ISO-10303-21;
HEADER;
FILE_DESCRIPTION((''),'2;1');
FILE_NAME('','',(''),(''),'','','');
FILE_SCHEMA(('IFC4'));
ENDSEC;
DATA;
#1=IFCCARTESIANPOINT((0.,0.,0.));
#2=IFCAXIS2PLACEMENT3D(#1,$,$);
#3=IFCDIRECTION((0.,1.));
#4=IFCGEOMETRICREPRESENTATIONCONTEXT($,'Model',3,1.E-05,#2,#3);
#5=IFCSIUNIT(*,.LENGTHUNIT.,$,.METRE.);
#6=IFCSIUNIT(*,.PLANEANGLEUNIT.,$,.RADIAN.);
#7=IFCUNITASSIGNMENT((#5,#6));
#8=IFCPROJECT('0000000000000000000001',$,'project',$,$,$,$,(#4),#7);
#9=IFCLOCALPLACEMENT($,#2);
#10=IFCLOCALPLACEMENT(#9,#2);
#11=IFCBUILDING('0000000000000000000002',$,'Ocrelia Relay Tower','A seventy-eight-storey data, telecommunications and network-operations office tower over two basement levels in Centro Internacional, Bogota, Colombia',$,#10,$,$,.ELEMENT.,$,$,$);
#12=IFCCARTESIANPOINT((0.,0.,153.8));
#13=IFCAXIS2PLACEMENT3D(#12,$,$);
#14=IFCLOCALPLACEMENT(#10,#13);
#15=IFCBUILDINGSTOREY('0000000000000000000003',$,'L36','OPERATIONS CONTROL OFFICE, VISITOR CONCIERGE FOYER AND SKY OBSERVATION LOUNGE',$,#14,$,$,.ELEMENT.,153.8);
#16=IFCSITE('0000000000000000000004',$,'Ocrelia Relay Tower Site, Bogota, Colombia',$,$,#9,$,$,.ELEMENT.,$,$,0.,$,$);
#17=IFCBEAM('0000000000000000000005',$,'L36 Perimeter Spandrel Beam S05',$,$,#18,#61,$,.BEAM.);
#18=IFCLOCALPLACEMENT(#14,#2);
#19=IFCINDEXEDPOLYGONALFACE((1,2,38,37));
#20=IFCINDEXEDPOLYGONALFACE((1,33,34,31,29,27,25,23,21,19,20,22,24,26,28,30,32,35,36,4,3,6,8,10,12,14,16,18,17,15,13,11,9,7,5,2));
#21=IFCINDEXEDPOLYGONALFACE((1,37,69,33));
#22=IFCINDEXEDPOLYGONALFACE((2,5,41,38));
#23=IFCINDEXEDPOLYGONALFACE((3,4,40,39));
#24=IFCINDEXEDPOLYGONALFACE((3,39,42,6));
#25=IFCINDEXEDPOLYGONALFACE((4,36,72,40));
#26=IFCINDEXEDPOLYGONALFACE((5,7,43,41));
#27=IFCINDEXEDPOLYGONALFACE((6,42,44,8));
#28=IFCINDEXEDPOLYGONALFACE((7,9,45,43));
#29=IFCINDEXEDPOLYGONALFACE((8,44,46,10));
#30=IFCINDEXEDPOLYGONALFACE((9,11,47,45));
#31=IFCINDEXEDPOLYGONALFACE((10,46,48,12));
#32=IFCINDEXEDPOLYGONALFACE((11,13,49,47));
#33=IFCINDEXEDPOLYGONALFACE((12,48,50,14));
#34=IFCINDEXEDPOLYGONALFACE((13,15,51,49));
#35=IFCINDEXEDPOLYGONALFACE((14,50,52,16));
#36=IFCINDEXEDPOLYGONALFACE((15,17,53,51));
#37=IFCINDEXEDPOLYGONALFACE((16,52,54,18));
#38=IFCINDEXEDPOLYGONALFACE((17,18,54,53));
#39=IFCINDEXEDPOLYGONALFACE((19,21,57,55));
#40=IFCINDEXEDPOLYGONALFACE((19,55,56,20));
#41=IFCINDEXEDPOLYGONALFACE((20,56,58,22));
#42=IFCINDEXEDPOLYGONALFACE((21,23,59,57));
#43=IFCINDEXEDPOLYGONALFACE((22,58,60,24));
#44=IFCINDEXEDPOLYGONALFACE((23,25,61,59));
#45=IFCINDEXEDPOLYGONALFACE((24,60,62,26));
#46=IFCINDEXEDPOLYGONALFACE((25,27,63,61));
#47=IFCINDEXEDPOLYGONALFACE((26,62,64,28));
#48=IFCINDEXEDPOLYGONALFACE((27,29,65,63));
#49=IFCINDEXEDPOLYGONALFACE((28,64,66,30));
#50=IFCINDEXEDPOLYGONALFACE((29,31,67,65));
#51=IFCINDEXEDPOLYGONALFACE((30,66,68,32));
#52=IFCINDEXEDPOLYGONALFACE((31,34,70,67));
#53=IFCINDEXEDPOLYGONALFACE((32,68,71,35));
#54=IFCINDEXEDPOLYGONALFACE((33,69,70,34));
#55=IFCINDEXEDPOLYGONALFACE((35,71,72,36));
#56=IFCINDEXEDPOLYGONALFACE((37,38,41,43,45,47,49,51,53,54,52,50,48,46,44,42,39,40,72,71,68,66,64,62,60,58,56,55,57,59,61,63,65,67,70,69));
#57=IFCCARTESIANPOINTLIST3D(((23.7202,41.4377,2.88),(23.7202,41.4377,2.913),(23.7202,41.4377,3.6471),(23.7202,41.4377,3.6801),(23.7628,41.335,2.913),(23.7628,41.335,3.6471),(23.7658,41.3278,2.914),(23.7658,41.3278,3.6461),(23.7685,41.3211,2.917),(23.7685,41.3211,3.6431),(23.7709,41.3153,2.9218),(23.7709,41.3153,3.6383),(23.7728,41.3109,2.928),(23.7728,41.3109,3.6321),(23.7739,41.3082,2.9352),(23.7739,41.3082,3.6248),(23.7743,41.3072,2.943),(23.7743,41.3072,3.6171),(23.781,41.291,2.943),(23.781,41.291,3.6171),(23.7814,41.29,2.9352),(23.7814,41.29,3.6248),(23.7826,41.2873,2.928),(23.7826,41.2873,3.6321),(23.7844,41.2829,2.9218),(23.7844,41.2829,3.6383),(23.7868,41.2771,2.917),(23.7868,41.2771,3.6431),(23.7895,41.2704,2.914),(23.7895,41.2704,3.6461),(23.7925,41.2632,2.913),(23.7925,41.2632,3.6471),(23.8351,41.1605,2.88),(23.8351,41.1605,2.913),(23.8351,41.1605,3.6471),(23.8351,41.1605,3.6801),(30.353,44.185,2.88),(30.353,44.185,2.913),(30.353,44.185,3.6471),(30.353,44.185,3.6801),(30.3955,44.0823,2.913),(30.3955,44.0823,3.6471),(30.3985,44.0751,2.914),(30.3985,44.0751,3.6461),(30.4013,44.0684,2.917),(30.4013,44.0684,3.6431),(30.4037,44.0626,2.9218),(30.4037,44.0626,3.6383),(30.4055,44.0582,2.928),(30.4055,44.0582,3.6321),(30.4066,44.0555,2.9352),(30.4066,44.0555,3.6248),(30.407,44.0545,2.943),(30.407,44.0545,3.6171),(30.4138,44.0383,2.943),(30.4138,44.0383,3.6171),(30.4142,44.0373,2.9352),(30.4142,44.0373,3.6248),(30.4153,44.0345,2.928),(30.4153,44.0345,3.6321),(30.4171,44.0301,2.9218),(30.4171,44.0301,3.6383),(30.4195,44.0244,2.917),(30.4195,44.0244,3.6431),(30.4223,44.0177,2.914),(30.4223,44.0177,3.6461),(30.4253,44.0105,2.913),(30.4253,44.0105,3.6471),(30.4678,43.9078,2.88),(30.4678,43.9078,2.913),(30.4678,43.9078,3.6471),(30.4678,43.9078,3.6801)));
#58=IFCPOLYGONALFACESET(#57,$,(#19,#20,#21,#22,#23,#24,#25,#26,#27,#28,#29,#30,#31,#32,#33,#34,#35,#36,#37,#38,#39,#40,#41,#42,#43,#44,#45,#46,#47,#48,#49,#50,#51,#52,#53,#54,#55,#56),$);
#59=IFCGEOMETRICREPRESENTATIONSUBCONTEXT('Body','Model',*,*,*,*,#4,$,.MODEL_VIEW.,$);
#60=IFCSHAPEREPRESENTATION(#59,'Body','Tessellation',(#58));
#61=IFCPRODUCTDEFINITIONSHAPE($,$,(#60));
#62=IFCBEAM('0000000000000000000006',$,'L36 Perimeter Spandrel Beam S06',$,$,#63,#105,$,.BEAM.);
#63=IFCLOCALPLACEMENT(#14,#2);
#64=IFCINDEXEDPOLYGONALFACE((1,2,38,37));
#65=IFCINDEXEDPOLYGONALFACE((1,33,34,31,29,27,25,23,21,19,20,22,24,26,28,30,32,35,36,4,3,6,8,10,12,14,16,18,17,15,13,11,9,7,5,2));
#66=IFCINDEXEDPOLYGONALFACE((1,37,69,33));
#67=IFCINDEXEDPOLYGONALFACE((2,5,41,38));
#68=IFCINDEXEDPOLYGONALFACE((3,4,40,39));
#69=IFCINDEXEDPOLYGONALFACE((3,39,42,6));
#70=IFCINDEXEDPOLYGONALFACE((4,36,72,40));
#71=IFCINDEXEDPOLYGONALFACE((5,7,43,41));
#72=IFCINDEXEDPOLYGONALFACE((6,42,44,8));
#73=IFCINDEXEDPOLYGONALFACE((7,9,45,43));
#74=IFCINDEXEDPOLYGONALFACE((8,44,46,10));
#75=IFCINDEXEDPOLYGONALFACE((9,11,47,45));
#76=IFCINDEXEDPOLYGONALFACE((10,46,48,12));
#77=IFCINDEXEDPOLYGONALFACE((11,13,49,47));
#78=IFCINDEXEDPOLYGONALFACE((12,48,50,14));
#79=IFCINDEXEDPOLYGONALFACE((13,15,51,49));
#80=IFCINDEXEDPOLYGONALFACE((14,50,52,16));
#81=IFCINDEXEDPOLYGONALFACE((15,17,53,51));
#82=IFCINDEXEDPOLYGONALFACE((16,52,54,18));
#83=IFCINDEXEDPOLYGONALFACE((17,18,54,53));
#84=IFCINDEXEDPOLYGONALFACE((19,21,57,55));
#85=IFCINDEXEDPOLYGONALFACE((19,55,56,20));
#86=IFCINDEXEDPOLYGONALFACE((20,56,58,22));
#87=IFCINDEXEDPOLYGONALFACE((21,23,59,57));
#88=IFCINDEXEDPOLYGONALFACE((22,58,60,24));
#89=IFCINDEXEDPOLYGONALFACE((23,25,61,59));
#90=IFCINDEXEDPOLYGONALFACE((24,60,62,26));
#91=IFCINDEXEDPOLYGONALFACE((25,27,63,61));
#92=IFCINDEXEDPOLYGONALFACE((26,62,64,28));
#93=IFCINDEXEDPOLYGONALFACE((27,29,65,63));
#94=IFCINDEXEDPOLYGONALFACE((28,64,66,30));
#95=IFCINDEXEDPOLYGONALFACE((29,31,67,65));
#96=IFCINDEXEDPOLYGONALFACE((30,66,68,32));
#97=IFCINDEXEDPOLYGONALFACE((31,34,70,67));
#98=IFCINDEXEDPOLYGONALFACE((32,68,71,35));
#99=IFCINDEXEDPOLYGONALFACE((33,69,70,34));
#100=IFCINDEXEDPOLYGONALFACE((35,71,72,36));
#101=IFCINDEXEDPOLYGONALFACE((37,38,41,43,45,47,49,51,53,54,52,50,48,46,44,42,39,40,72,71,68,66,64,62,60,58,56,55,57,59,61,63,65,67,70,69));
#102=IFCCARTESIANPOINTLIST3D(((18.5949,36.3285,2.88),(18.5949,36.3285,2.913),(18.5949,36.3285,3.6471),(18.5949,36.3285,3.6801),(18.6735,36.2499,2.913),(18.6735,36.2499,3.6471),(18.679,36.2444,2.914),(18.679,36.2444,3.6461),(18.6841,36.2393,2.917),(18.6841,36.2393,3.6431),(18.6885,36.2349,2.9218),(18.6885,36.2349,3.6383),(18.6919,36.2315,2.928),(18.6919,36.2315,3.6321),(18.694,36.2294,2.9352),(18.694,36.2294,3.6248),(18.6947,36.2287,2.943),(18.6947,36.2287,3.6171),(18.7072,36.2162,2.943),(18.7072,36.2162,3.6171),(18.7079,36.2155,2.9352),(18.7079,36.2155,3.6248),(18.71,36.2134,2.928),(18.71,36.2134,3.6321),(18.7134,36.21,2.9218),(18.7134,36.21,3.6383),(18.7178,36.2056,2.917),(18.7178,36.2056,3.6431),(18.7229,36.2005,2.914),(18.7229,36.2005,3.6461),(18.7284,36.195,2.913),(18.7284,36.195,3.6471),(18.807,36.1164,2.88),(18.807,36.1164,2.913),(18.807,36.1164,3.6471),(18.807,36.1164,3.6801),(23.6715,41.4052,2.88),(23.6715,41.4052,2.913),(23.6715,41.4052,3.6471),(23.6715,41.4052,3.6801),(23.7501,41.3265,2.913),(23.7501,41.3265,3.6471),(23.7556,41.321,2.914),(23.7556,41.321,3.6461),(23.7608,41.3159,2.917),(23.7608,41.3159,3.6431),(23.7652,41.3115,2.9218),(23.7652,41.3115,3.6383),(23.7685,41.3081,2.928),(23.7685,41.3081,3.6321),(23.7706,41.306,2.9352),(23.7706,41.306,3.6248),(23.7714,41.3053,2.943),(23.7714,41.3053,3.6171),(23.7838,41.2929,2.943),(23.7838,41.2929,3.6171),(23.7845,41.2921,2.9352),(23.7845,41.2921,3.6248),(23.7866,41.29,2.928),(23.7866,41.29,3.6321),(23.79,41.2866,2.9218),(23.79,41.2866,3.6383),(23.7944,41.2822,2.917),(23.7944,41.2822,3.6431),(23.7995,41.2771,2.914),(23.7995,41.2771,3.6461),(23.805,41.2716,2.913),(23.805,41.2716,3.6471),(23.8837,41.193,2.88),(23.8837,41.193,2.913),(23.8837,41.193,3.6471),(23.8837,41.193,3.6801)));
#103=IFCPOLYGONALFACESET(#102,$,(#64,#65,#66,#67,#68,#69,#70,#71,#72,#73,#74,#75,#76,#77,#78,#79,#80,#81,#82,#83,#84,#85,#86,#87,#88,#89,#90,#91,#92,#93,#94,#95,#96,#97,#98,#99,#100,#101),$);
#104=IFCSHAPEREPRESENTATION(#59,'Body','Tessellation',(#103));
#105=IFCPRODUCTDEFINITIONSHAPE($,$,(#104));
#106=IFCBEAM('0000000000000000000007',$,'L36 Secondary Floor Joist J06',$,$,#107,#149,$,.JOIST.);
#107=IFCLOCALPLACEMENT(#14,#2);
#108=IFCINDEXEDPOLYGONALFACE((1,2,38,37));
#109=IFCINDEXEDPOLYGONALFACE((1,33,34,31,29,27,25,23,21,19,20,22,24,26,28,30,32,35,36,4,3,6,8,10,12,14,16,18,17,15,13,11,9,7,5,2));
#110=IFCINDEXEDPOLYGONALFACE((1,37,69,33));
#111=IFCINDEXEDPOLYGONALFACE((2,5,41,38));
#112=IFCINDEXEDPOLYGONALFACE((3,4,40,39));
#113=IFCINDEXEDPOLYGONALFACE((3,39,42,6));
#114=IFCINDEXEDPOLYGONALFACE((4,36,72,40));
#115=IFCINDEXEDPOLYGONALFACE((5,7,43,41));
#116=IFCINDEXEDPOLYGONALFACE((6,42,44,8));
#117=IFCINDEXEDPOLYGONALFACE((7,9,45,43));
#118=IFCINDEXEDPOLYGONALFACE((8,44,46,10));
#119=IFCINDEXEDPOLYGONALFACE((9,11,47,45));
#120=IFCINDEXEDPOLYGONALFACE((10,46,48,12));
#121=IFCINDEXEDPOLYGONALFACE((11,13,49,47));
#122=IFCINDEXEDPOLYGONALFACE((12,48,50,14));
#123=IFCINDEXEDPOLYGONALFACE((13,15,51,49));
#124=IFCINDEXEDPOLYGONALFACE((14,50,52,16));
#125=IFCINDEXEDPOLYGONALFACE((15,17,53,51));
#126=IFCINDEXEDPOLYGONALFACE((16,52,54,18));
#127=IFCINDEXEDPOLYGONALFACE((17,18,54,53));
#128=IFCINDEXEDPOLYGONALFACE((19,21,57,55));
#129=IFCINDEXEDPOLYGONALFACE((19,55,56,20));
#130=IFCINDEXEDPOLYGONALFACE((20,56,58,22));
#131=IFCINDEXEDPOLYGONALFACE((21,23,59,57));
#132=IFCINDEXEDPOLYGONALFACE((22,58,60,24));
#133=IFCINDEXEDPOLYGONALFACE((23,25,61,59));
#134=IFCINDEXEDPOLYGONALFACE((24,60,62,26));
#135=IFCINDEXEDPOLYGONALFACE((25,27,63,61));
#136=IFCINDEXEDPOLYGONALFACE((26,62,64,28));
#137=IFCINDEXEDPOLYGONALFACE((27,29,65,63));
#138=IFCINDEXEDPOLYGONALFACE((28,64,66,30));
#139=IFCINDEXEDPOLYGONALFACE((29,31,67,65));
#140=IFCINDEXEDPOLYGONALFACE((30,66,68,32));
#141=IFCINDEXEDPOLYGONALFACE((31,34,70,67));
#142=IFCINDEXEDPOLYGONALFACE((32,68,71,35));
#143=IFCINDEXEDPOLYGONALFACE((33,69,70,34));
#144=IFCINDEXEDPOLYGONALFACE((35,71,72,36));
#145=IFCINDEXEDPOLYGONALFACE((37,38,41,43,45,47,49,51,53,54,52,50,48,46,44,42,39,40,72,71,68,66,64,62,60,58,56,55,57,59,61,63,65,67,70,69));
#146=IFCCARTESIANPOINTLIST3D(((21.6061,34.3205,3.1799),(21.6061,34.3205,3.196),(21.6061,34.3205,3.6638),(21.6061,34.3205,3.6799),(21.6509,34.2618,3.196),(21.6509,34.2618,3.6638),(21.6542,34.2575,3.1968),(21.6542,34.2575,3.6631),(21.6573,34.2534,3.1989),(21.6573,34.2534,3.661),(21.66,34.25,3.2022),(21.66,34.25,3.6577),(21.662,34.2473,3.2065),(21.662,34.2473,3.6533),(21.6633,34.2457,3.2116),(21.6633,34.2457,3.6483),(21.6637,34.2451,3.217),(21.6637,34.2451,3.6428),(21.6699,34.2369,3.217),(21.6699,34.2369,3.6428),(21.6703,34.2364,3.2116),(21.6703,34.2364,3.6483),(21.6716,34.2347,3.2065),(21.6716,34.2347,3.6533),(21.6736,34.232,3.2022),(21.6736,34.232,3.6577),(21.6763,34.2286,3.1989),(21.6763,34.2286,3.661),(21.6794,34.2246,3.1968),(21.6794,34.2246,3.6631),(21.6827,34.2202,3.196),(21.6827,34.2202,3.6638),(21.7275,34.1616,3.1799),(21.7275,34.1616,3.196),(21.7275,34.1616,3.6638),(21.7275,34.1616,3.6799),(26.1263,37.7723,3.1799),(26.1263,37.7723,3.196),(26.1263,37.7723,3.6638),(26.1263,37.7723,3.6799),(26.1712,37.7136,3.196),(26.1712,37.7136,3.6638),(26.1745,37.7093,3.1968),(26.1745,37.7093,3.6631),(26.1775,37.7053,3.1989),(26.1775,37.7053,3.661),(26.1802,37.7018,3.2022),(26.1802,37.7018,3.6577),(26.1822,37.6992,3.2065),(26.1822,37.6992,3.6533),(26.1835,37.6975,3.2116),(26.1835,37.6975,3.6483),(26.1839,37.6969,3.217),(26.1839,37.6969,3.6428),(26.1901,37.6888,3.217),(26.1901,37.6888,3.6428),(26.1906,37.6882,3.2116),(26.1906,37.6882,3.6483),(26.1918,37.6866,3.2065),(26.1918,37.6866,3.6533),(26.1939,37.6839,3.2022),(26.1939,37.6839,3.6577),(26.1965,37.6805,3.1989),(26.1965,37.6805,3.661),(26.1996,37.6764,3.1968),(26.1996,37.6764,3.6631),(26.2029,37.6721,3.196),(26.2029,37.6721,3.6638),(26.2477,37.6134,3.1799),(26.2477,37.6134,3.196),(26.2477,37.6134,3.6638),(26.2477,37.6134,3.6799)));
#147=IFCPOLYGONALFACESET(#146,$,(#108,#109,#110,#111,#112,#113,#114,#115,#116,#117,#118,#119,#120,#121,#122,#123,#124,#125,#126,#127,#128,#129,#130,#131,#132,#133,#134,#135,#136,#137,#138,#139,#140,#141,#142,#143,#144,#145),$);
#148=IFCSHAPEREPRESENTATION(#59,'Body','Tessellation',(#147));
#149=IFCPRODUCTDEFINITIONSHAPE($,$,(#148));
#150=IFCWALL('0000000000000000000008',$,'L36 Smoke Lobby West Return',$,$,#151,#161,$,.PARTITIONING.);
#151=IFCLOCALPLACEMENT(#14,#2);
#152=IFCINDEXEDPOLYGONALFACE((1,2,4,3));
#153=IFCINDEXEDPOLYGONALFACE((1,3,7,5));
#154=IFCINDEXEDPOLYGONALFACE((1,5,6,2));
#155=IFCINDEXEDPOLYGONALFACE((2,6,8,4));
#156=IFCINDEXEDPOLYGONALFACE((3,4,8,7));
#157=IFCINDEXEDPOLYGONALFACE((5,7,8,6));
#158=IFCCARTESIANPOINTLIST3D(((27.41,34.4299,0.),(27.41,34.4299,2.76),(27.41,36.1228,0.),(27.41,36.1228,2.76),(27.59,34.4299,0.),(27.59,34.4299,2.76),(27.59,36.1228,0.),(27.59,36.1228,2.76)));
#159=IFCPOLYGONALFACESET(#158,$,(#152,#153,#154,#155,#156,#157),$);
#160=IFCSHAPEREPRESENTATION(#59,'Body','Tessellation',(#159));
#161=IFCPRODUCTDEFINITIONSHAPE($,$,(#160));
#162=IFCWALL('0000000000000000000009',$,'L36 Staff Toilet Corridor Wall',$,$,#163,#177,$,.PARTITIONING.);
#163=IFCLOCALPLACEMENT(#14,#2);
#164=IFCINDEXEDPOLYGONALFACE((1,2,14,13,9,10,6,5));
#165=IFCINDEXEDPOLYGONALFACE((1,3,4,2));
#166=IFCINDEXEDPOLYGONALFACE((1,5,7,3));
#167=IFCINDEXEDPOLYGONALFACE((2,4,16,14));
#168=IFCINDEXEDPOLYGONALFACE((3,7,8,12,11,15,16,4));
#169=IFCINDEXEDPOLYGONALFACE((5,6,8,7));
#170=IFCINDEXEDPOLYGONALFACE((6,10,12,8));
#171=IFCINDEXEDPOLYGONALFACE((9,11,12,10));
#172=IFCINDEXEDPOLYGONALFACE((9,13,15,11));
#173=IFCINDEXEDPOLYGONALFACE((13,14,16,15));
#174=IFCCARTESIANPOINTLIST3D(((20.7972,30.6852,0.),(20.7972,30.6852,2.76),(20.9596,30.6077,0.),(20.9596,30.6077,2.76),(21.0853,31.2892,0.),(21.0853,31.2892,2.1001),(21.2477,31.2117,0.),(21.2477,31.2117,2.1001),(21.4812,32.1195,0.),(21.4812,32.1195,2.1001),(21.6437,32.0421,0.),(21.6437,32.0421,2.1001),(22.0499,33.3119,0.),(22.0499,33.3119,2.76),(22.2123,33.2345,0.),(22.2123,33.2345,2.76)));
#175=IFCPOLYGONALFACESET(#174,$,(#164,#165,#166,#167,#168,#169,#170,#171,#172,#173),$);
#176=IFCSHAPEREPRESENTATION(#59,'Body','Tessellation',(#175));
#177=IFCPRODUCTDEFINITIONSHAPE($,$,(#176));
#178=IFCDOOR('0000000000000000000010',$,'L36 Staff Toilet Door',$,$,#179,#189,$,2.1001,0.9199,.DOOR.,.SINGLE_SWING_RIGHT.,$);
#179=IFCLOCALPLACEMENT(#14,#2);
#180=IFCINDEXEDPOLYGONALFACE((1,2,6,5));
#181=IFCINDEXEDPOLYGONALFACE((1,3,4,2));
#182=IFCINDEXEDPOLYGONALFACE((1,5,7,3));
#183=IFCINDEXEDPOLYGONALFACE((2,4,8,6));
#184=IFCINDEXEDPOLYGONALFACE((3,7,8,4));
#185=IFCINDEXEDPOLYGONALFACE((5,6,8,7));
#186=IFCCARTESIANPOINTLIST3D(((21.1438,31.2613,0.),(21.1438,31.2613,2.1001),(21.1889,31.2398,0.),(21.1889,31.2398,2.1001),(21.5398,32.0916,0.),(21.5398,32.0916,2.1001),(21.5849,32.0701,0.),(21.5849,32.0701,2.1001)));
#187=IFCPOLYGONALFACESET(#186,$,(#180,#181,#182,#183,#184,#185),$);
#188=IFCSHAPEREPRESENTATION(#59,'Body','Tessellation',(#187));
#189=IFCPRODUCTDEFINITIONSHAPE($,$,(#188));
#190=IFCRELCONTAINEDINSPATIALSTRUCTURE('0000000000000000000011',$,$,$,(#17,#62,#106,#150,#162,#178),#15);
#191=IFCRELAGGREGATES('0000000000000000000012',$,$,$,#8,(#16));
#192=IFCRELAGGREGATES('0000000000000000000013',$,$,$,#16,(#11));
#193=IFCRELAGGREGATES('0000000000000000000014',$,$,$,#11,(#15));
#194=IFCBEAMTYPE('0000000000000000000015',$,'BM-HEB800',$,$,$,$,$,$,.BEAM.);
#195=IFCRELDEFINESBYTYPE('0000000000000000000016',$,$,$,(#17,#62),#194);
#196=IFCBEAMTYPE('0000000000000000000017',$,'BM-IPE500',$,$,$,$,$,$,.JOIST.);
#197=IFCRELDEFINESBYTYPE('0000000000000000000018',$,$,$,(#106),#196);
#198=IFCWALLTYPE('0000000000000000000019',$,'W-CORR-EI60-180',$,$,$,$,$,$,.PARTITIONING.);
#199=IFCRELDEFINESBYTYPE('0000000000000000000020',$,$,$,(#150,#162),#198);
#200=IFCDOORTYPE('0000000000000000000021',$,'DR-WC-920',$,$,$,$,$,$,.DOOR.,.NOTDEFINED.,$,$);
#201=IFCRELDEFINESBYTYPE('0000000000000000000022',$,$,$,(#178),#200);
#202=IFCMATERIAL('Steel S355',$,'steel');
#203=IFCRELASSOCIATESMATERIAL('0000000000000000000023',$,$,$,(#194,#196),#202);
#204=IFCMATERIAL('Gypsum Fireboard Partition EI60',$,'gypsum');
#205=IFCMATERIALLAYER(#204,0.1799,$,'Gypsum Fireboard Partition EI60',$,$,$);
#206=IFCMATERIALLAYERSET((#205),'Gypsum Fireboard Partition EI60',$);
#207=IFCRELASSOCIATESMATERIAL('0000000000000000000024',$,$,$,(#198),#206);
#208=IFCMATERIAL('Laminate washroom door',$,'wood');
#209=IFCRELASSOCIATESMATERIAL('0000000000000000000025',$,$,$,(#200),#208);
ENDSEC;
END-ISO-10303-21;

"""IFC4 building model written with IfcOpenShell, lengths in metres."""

from ifc_helpers import new_model, si_unit, direction, frame, frame_2d, origin, origin_2d, place, context, subcontext, project, spatial, rectangle, i_section, extrude, material, layer, layer_set, material_profile, profile_set, type_object, element, fill, save


model = new_model("IFC4")

# Units and contexts
model_context = context("Model", 3, precision=1e-05, world=origin(), true_north=direction((0.0, 1.0)))
body_context = subcontext(model_context, "Body", "Model", "MODEL_VIEW")
ifc_project = project(units=[si_unit("LENGTHUNIT", "METRE"), si_unit("PLANEANGLEUNIT", "RADIAN")], contexts=[model_context])

# Site, building, storey
site_placement = place(None, origin())
site = spatial("IfcSite", under=ifc_project, at=site_placement, Name="Ocrelia Relay Tower Site, Bogota, Colombia", CompositionType="ELEMENT", RefElevation=0.0)
building_placement = place(site_placement, origin())
building = spatial("IfcBuilding", under=site, at=building_placement, Name="Ocrelia Relay Tower", Description="A seventy-eight-storey data, telecommunications and network-operations office tower over two basement levels in Centro Internacional, Bogota, Colombia", CompositionType="ELEMENT")
storey_placement = place(building_placement, frame((0.0, 0.0, 153.8)))
storey = spatial("IfcBuildingStorey", under=building, at=storey_placement, Name="L36", Description="OPERATIONS CONTROL OFFICE, VISITOR CONCIERGE FOYER AND SKY OBSERVATION LOUNGE", CompositionType="ELEMENT", Elevation=153.8)

# Beams
ifc_material_1 = material(Name="Steel S355", Category="steel")
ifc_material_profile_1 = material_profile(ifc_material_1, i_section(OverallWidth=0.3, OverallDepth=0.8, WebThickness=0.0176, FlangeThickness=0.033, FilletRadius=0.03, at=origin_2d()), Name="HEB 800")
ifc_profile_set_1 = profile_set([ifc_material_profile_1], Name="Steel S355")
beam_type_1 = type_object("IfcBeamType", Name="BM-HEB800", PredefinedType="BEAM", material=ifc_profile_set_1)
beam_1_placement = place(storey_placement, frame((30.4104, 44.0464, 3.28), z_axis=(-0.923884, -0.382673, 0.0), x_axis=(0.382673, -0.923884, 0.0)))
element("IfcBeam", 1, at=beam_1_placement, inside=storey, type_object=beam_type_1, Name="L36 Perimeter Spandrel Beam S05", PredefinedType="BEAM", context=body_context, shape_type="SweptSolid", body=[
    extrude(i_section(OverallWidth=0.3, OverallDepth=0.8, WebThickness=0.0176, FlangeThickness=0.033, FilletRadius=0.03, at=origin_2d()), origin(), (0.0, 0.0, 1.0), 7.1792),
])
beam_2_placement = place(storey_placement, frame((23.7776, 41.2991, 3.28), z_axis=(-0.707107, -0.707107, 0.0), x_axis=(0.707107, -0.707107, 0.0)))
element("IfcBeam", 2, at=beam_2_placement, inside=storey, type_object=beam_type_1, Name="L36 Perimeter Spandrel Beam S06", PredefinedType="BEAM", context=body_context, shape_type="SweptSolid", body=[
    extrude(i_section(OverallWidth=0.3, OverallDepth=0.8, WebThickness=0.0176, FlangeThickness=0.033, FilletRadius=0.03, at=origin_2d()), origin(), (0.0, 0.0, 1.0), 7.1794),
])
ifc_material_profile_2 = material_profile(ifc_material_1, i_section(OverallWidth=0.2, OverallDepth=0.5, WebThickness=0.0103, FlangeThickness=0.0161, FilletRadius=0.021, at=origin_2d()), Name="IPE 500")
ifc_profile_set_2 = profile_set([ifc_material_profile_2], Name="Steel S355")
beam_type_2 = type_object("IfcBeamType", Name="BM-IPE500", PredefinedType="JOIST", material=ifc_profile_set_2)
beam_3_placement = place(storey_placement, frame((26.187, 37.6929, 3.4299), z_axis=(-0.794762, -0.606921, 0.0), x_axis=(0.606921, -0.794762, 0.0)))
element("IfcBeam", 3, at=beam_3_placement, inside=storey, type_object=beam_type_2, Name="L36 Secondary Floor Joist J06", PredefinedType="JOIST", context=body_context, shape_type="SweptSolid", body=[
    extrude(i_section(OverallWidth=0.2, OverallDepth=0.5, WebThickness=0.0103, FlangeThickness=0.0161, FilletRadius=0.021, at=origin_2d()), origin(), (0.0, 0.0, 1.0), 5.6875),
])

# Wall
ifc_material_2 = material(Name="Gypsum Fireboard Partition EI60", Category="gypsum")
ifc_layer_1 = layer(ifc_material_2, 0.1799, Name="Gypsum Fireboard Partition EI60")
ifc_layer_set_1 = layer_set([ifc_layer_1], Name="Gypsum Fireboard Partition EI60")
wall_type_1 = type_object("IfcWallType", Name="W-CORR-EI60-180", PredefinedType="PARTITIONING", material=ifc_layer_set_1)
wall_1_placement = place(storey_placement, frame((27.5, 34.4299, 0.0), z_axis=(0.0, 0.0, 1.0), x_axis=(0.0, 1.0, 0.0)))
element("IfcWall", 4, at=wall_1_placement, inside=storey, type_object=wall_type_1, Name="L36 Smoke Lobby West Return", PredefinedType="PARTITIONING", context=body_context, shape_type="SweptSolid", body=[
    extrude(rectangle(XDim=1.6929, YDim=0.1799, at=frame_2d((0.8464, 0.0))), origin(), (0.0, 0.0, 1.0), 2.76),
])

# Wall, opening, door
wall_2_placement = place(storey_placement, frame((22.1311, 33.2732, 0.0), z_axis=(0.0, 0.0, 1.0), x_axis=(-0.430458, -0.902611, 0.0)))
wall_2 = element("IfcWall", 5, at=wall_2_placement, inside=storey, type_object=wall_type_1, Name="L36 Staff Toilet Corridor Wall", PredefinedType="PARTITIONING", context=body_context, shape_type="SweptSolid", body=[
    extrude(rectangle(XDim=2.9102, YDim=0.1799, at=frame_2d((1.4551, 0.0))), origin(), (0.0, 0.0, 1.0), 2.76),
])
opening_1_placement = place(wall_2_placement, frame((1.321, 0.0, 0.0)))
opening_1 = element("IfcOpeningElement", 6, at=opening_1_placement, cuts=wall_2, PredefinedType="OPENING", context=body_context, shape_type="SweptSolid", body=[
    extrude(rectangle(XDim=0.9199, YDim=2.1001, at=frame_2d((0.46, 1.05))), frame((0.0, 0.1001, 0.0), z_axis=(0.0, -1.0, 0.0), x_axis=(1.0, 0.0, 0.0)), (0.0, 0.0, 1.0), 0.2),
])
ifc_material_3 = material(Name="Laminate washroom door", Category="wood")
door_type_1 = type_object("IfcDoorType", Name="DR-WC-920", OperationType="NOTDEFINED", PredefinedType="DOOR", material=ifc_material_3)
door_1_placement = place(opening_1_placement, origin())
door_1 = element("IfcDoor", 7, at=door_1_placement, inside=storey, type_object=door_type_1, Name="L36 Staff Toilet Door", OperationType="SINGLE_SWING_RIGHT", OverallHeight=2.1001, OverallWidth=0.9199, PredefinedType="DOOR", context=body_context, shape_type="SweptSolid", body=[
    extrude(rectangle(XDim=0.9199, YDim=2.1001, at=frame_2d((0.46, 1.05))), frame((0.0, 0.0249, 0.0), z_axis=(0.0, -1.0, 0.0), x_axis=(1.0, 0.0, 0.0)), (0.0, 0.0, 1.0), 0.05),
])
fill(opening_1, door_1)

save(model, "model.ifc")
